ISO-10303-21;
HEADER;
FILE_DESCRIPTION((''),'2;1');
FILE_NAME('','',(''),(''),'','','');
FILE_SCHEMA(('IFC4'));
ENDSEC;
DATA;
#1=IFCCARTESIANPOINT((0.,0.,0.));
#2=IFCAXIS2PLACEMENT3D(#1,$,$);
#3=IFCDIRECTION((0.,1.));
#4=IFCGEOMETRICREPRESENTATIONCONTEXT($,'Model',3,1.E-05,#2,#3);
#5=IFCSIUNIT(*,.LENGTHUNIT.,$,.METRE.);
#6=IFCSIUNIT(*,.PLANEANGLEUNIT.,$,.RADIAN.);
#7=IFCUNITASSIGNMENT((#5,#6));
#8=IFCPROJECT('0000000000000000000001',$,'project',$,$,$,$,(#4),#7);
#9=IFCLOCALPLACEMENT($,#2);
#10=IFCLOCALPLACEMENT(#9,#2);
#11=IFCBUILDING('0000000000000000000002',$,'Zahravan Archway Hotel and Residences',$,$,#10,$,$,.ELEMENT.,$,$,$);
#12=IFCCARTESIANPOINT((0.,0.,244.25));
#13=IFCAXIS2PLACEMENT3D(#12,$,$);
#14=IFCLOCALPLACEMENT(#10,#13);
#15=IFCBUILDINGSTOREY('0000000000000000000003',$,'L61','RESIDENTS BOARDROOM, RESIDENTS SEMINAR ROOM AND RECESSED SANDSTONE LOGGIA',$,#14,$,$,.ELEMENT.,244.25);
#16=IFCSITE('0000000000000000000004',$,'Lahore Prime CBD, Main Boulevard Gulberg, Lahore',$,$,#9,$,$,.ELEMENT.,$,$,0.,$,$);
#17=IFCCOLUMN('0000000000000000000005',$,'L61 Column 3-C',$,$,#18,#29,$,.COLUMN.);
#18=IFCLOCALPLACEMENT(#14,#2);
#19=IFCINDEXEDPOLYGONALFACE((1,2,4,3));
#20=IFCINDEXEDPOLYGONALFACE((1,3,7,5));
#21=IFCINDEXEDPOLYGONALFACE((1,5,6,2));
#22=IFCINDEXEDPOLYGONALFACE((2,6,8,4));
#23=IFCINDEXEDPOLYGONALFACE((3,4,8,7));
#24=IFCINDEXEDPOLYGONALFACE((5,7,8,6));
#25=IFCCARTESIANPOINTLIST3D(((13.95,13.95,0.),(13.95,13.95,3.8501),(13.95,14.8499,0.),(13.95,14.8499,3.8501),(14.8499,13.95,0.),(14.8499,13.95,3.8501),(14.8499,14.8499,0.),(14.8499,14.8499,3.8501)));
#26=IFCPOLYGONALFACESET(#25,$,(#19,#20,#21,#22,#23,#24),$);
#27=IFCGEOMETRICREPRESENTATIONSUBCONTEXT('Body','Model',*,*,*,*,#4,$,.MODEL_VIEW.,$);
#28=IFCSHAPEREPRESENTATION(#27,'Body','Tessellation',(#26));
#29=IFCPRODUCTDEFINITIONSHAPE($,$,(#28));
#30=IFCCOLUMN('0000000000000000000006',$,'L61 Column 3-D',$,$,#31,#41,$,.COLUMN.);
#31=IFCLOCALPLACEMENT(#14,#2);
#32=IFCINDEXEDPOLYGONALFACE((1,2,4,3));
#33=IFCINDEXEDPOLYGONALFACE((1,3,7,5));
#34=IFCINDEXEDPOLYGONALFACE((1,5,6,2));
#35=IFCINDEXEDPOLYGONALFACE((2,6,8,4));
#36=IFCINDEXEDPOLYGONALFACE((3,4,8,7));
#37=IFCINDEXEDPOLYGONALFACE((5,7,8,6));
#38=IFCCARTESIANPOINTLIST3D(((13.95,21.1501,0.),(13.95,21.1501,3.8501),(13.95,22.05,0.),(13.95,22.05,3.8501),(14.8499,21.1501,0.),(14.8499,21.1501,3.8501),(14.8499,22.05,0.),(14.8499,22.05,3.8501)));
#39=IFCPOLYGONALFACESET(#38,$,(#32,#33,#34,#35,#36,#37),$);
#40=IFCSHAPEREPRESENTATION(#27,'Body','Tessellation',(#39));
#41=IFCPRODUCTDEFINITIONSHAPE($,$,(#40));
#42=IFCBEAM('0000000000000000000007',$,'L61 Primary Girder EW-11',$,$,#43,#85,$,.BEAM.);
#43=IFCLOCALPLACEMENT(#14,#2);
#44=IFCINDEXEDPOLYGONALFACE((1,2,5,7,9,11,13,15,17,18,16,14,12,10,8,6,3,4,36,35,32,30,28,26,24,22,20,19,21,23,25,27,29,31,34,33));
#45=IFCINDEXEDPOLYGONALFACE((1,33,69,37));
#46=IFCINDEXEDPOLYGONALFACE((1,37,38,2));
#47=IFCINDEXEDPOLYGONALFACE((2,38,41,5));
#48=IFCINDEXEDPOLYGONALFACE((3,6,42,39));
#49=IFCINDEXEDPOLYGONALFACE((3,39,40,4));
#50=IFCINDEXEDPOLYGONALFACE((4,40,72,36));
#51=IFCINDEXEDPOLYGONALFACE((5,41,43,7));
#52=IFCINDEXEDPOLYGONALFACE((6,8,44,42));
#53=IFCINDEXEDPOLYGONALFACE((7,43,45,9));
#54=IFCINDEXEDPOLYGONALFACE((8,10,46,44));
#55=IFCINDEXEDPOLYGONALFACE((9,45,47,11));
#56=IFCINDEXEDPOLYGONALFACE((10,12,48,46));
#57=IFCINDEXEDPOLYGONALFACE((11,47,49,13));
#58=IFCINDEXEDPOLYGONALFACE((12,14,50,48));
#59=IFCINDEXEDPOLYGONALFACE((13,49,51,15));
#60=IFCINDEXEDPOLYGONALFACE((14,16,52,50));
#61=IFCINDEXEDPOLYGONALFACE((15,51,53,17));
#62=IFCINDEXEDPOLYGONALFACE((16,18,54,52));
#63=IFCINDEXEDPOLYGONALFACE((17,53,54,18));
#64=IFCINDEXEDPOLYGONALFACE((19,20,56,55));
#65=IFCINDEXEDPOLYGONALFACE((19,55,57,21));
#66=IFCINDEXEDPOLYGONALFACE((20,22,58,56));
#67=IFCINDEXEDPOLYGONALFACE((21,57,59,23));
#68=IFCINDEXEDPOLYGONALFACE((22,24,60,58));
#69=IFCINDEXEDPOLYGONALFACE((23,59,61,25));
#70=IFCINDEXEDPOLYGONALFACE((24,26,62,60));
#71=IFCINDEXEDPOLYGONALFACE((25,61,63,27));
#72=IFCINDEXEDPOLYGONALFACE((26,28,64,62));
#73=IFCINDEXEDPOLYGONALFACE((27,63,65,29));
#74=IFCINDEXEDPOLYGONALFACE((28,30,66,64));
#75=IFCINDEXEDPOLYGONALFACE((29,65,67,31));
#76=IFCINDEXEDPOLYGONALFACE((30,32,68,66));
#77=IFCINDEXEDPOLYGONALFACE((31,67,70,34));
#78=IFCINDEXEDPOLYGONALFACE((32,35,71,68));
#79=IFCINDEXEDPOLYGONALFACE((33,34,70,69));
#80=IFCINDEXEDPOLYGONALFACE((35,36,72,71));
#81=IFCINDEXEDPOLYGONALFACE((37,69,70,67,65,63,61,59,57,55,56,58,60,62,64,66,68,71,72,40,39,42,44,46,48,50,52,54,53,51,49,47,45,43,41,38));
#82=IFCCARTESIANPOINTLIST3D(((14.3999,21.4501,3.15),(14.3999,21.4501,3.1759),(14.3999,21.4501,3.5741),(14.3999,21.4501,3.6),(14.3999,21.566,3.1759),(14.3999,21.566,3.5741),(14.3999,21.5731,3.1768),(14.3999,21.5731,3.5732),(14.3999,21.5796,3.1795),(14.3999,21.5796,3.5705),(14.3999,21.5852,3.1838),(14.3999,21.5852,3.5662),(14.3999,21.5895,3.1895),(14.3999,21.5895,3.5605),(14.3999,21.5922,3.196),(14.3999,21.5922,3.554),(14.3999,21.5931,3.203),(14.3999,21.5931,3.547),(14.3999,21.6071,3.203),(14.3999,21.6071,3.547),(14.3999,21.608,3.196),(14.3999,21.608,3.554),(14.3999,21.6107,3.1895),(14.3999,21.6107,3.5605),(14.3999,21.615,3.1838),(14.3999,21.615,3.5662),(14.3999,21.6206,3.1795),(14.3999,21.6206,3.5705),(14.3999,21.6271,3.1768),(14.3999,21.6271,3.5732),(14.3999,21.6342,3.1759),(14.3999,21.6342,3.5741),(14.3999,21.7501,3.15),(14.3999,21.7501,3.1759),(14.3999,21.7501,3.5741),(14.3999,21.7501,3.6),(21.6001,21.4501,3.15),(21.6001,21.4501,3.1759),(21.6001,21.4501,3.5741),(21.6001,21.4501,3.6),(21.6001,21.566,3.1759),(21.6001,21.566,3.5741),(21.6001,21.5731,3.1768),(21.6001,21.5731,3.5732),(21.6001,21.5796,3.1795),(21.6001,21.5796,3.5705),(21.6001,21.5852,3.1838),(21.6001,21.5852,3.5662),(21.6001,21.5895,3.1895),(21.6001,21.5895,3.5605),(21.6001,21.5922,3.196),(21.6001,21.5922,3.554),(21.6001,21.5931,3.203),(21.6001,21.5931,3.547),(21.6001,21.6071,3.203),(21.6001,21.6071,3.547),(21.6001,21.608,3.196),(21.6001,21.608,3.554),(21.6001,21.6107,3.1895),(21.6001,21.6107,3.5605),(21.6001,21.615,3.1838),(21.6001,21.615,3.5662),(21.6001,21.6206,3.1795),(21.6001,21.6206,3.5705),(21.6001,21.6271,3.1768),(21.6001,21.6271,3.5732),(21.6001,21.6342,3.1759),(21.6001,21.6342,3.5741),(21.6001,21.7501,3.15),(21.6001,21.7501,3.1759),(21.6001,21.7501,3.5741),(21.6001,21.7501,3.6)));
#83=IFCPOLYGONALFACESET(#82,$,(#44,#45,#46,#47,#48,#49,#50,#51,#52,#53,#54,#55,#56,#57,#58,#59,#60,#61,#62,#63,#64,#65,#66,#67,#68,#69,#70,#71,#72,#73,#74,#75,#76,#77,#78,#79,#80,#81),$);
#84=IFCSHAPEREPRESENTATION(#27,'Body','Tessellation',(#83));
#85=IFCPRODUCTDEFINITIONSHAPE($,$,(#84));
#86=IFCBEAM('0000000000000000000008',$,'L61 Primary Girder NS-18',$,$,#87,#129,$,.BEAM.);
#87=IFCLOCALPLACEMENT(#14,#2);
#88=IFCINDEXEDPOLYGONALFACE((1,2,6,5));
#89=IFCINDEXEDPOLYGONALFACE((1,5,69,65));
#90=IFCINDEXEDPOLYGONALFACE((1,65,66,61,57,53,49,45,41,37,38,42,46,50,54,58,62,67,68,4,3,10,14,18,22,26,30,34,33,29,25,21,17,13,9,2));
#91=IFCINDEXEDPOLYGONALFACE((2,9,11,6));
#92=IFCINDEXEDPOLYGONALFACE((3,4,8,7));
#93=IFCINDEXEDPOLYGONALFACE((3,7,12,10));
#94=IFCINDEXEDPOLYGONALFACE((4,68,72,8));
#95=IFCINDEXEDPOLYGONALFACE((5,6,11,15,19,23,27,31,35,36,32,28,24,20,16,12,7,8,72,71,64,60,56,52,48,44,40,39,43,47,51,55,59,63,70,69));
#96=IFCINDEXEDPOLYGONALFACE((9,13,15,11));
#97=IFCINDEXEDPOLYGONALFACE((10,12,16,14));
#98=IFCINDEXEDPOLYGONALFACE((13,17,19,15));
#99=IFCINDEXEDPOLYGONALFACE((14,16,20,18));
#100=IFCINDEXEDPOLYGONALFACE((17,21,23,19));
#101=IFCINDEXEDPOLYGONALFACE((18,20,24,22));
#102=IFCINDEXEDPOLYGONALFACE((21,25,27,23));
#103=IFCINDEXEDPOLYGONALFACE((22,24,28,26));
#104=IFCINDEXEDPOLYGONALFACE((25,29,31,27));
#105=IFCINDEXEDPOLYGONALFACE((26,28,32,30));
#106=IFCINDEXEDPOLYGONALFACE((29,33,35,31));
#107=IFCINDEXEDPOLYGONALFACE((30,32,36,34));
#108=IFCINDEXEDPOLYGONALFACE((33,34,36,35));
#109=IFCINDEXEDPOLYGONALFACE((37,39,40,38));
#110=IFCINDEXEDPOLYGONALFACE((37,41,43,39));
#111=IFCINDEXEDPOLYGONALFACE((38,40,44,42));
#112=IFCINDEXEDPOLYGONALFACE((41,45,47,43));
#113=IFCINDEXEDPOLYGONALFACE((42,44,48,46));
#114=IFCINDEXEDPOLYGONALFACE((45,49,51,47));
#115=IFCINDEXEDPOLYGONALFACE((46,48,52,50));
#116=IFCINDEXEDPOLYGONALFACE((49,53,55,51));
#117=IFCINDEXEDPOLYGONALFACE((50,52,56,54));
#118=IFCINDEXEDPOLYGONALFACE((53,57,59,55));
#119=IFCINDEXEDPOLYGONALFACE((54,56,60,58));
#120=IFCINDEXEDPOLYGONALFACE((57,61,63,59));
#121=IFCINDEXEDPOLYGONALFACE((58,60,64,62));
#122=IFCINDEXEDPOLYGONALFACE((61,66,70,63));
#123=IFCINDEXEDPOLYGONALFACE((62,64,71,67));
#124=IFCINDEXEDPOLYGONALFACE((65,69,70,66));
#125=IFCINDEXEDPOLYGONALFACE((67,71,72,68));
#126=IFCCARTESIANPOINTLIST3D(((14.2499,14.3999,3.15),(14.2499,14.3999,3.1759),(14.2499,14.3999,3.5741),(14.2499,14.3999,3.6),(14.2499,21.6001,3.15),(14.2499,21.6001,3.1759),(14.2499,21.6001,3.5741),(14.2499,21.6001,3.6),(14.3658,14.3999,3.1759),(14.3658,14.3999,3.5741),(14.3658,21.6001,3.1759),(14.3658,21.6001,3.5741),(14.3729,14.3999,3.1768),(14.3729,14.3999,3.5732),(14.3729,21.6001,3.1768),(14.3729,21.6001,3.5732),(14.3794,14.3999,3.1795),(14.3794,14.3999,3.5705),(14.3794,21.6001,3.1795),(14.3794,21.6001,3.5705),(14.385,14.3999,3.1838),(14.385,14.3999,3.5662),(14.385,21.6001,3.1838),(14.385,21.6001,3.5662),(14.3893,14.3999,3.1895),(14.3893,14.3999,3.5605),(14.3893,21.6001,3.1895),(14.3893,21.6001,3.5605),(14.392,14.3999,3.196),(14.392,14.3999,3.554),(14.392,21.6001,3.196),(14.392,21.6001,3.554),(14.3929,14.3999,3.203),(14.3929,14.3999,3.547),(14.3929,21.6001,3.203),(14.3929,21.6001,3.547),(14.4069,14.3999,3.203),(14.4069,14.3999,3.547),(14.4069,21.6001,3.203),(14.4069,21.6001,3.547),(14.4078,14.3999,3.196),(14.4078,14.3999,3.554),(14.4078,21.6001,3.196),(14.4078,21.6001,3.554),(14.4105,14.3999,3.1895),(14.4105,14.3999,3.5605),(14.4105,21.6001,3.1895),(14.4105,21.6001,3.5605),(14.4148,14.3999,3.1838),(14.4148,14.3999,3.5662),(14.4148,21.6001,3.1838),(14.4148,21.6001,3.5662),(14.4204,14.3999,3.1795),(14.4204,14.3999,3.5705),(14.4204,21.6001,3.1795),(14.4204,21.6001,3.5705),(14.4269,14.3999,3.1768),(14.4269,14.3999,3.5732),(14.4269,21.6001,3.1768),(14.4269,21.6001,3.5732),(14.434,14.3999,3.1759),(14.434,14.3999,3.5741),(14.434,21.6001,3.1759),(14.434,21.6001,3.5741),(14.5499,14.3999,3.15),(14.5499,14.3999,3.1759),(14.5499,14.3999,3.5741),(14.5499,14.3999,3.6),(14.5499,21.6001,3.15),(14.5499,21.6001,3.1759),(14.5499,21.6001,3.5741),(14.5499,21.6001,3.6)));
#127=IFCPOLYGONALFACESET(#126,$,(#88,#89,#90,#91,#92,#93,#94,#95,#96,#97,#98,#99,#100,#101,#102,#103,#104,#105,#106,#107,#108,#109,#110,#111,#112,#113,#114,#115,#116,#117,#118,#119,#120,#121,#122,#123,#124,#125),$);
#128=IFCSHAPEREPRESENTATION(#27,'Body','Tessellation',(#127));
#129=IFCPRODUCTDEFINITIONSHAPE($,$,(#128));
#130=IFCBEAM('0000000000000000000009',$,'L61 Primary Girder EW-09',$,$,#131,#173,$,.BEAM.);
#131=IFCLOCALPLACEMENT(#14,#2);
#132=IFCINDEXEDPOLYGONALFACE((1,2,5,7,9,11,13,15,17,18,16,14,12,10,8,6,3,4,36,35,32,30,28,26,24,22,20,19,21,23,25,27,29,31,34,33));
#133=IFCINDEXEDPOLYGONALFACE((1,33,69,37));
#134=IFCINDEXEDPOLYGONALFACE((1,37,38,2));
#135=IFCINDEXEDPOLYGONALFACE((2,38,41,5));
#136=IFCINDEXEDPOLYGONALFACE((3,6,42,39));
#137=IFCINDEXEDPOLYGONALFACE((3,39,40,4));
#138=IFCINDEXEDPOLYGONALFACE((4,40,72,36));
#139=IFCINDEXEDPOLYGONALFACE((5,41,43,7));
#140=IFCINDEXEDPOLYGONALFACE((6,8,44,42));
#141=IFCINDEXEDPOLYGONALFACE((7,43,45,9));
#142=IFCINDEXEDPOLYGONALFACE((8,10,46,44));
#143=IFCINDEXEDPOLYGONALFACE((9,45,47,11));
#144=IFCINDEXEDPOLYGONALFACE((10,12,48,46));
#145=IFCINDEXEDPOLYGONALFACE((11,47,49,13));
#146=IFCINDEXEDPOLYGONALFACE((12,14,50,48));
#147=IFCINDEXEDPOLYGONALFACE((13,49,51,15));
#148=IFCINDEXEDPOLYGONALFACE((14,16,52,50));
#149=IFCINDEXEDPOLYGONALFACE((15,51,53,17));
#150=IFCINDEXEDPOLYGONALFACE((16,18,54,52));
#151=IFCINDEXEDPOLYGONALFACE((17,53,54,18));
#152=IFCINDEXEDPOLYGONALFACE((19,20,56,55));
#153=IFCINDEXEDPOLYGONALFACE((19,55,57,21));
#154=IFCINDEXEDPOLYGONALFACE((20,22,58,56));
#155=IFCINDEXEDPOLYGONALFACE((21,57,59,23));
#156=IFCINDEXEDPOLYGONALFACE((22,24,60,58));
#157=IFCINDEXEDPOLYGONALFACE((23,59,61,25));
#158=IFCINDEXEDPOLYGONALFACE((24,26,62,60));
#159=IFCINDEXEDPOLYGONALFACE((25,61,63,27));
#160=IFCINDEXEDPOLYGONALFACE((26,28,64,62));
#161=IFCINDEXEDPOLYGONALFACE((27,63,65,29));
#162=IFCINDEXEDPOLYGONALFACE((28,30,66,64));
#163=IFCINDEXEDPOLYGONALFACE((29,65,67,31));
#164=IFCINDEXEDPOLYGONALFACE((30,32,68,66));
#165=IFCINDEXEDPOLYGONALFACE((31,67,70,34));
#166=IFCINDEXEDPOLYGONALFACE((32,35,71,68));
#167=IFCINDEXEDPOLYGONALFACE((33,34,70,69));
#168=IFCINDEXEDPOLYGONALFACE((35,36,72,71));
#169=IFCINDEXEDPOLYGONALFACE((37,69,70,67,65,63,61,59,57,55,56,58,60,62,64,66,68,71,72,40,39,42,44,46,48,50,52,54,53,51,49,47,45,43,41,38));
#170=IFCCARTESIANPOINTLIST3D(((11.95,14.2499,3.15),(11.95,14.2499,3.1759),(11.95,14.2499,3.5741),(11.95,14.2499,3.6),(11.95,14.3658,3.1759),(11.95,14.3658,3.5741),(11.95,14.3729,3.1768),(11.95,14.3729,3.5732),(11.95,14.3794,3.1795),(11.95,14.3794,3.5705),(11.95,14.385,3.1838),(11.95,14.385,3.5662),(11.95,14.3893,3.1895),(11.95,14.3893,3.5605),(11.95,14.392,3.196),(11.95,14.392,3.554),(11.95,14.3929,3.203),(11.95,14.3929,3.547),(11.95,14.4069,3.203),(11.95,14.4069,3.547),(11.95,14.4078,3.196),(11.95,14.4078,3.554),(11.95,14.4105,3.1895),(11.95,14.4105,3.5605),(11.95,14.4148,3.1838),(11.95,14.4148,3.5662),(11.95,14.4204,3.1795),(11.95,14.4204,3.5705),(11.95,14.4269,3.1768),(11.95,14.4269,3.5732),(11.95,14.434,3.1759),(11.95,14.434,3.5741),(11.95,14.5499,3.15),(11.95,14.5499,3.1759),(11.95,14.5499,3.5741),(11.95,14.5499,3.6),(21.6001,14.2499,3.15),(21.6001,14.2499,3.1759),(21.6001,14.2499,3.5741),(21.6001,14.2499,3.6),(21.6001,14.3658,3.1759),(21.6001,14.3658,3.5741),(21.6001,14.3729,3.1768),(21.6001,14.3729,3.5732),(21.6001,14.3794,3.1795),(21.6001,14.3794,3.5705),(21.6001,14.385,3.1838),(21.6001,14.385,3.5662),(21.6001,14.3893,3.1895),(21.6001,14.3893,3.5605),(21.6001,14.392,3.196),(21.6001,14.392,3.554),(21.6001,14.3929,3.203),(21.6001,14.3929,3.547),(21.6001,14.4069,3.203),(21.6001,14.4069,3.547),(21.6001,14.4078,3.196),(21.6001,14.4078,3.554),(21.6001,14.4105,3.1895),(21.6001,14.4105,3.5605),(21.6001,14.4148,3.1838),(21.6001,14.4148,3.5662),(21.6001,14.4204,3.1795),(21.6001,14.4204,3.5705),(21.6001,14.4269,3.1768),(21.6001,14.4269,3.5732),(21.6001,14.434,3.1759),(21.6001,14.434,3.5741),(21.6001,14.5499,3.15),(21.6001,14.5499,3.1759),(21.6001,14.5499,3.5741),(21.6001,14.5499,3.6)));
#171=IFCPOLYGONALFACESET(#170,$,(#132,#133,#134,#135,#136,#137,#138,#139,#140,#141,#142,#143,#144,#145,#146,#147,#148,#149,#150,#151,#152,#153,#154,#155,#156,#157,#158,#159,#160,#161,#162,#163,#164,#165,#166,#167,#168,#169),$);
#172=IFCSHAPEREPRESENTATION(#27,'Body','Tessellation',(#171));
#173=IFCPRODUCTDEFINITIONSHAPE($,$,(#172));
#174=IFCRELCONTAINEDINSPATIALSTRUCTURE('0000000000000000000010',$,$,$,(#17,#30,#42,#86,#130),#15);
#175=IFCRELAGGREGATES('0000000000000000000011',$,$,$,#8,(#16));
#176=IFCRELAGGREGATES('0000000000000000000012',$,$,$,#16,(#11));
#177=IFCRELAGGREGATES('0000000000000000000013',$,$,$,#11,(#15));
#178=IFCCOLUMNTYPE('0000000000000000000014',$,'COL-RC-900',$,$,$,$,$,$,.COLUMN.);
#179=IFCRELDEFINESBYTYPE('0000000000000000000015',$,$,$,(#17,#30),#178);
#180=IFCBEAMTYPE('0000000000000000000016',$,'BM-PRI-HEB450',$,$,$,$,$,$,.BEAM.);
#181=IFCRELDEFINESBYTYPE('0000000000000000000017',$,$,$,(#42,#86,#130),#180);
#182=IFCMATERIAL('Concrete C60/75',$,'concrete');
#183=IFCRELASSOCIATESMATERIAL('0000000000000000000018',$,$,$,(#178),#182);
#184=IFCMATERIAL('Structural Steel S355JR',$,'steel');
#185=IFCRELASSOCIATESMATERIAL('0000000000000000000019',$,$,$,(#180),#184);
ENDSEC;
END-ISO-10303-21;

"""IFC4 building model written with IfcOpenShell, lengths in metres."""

from ifc_helpers import new_model, si_unit, direction, frame, origin, origin_2d, place, context, subcontext, project, spatial, rectangle, i_section, extrude, source, transform, mapped, material, material_profile, profile_set, type_object, type_shapes, element, save


model = new_model("IFC4")

# Units and contexts
model_context = context("Model", 3, precision=1e-05, world=origin(), true_north=direction((0.0, 1.0)))
body_context = subcontext(model_context, "Body", "Model", "MODEL_VIEW")
ifc_project = project(units=[si_unit("LENGTHUNIT", "METRE"), si_unit("PLANEANGLEUNIT", "RADIAN")], contexts=[model_context])

# Site, building, storey
site_placement = place(None, origin())
site = spatial("IfcSite", under=ifc_project, at=site_placement, Name="Lahore Prime CBD, Main Boulevard Gulberg, Lahore", CompositionType="ELEMENT", RefElevation=0.0)
building_placement = place(site_placement, origin())
building = spatial("IfcBuilding", under=site, at=building_placement, Name="Zahravan Archway Hotel and Residences", CompositionType="ELEMENT")
storey_placement = place(building_placement, frame((0.0, 0.0, 244.25)))
storey = spatial("IfcBuildingStorey", under=building, at=storey_placement, Name="L61", Description="RESIDENTS BOARDROOM, RESIDENTS SEMINAR ROOM AND RECESSED SANDSTONE LOGGIA", CompositionType="ELEMENT", Elevation=244.25)

# Columns
ifc_material_1 = material(Name="Concrete C60/75", Category="concrete")
ifc_material_profile_1 = material_profile(ifc_material_1, rectangle(XDim=0.8999, YDim=0.8999, at=origin_2d()), Name="RC-COL-900x900", Category="concrete")
ifc_profile_set_1 = profile_set([ifc_material_profile_1], Name="Concrete C60/75")
column_type = type_object("IfcColumnType", Name="COL-RC-900", PredefinedType="COLUMN", material=ifc_profile_set_1)
shared_shape_1 = source(origin(), body_context, "Body", "SweptSolid", [
    extrude(rectangle(XDim=0.8999, YDim=0.8999, at=origin_2d()), origin(), (0.0, 0.0, 1.0), 3.8501),
])
type_shapes(column_type, [shared_shape_1])
for number, where, z_axis, x_axis, name in (
    (1, (14.3999, 14.3999, 0.0), (0.0, 0.0, 1.0), (1.0, 0.0, 0.0), "L61 Column 3-C"),
    (2, (14.3999, 21.6001, 0.0), (0.0, 0.0, 1.0), (1.0, 0.0, 0.0), "L61 Column 3-D"),
):
    element("IfcColumn", number, at=place(storey_placement, frame(where, z_axis=z_axis, x_axis=x_axis)), inside=storey, type_object=column_type, Name=name, PredefinedType="COLUMN", context=body_context, shape_type="MappedRepresentation", body=[
        mapped(shared_shape_1, transform((0.0, 0.0, 0.0), scale=1.0)),
    ])

# Beams
ifc_material_2 = material(Name="Structural Steel S355JR", Category="steel")
ifc_material_profile_2 = material_profile(ifc_material_2, i_section(OverallWidth=0.3, OverallDepth=0.45, WebThickness=0.0139, FlangeThickness=0.0259, FilletRadius=0.0271, at=origin_2d()), Name="HEB 450", Category="steel")
ifc_profile_set_2 = profile_set([ifc_material_profile_2], Name="Structural Steel S355JR")
beam_type_1 = type_object("IfcBeamType", Name="BM-PRI-HEB450", PredefinedType="BEAM", material=ifc_profile_set_2)
shared_shape_2 = source(origin(), body_context, "Body", "SweptSolid", [
    extrude(i_section(OverallWidth=0.3, OverallDepth=0.45, WebThickness=0.0139, FlangeThickness=0.0259, FilletRadius=0.0271, at=origin_2d()), origin(), (0.0, 0.0, 1.0), 7.2002),
])
type_shapes(beam_type_1, [shared_shape_2])
for number, where, z_axis, x_axis, name in (
    (3, (14.3999, 21.6001, 3.375), (1.0, 0.0, 0.0), (0.0, 1.0, 0.0), "L61 Primary Girder EW-11"),
    (4, (14.3999, 14.3999, 3.375), (0.0, 1.0, 0.0), (-1.0, 0.0, 0.0), "L61 Primary Girder NS-18"),
):
    element("IfcBeam", number, at=place(storey_placement, frame(where, z_axis=z_axis, x_axis=x_axis)), inside=storey, type_object=beam_type_1, Name=name, PredefinedType="BEAM", context=body_context, shape_type="MappedRepresentation", body=[
        mapped(shared_shape_2, transform((0.0, 0.0, 0.0), scale=1.0)),
    ])
shared_shape_3 = source(origin(), body_context, "Body", "SweptSolid", [
    extrude(i_section(OverallWidth=0.3, OverallDepth=0.45, WebThickness=0.0139, FlangeThickness=0.0259, FilletRadius=0.0271, at=origin_2d()), origin(), (0.0, 0.0, 1.0), 9.6501),
])
beam_1_placement = place(storey_placement, frame((11.95, 14.3999, 3.375), z_axis=(1.0, 0.0, 0.0), x_axis=(0.0, 1.0, 0.0)))
element("IfcBeam", 5, at=beam_1_placement, inside=storey, type_object=beam_type_1, Name="L61 Primary Girder EW-09", PredefinedType="BEAM", context=body_context, shape_type="MappedRepresentation", body=[
    mapped(shared_shape_3, transform((0.0, 0.0, 0.0), scale=1.0)),
])

save(model, "model.ifc")
